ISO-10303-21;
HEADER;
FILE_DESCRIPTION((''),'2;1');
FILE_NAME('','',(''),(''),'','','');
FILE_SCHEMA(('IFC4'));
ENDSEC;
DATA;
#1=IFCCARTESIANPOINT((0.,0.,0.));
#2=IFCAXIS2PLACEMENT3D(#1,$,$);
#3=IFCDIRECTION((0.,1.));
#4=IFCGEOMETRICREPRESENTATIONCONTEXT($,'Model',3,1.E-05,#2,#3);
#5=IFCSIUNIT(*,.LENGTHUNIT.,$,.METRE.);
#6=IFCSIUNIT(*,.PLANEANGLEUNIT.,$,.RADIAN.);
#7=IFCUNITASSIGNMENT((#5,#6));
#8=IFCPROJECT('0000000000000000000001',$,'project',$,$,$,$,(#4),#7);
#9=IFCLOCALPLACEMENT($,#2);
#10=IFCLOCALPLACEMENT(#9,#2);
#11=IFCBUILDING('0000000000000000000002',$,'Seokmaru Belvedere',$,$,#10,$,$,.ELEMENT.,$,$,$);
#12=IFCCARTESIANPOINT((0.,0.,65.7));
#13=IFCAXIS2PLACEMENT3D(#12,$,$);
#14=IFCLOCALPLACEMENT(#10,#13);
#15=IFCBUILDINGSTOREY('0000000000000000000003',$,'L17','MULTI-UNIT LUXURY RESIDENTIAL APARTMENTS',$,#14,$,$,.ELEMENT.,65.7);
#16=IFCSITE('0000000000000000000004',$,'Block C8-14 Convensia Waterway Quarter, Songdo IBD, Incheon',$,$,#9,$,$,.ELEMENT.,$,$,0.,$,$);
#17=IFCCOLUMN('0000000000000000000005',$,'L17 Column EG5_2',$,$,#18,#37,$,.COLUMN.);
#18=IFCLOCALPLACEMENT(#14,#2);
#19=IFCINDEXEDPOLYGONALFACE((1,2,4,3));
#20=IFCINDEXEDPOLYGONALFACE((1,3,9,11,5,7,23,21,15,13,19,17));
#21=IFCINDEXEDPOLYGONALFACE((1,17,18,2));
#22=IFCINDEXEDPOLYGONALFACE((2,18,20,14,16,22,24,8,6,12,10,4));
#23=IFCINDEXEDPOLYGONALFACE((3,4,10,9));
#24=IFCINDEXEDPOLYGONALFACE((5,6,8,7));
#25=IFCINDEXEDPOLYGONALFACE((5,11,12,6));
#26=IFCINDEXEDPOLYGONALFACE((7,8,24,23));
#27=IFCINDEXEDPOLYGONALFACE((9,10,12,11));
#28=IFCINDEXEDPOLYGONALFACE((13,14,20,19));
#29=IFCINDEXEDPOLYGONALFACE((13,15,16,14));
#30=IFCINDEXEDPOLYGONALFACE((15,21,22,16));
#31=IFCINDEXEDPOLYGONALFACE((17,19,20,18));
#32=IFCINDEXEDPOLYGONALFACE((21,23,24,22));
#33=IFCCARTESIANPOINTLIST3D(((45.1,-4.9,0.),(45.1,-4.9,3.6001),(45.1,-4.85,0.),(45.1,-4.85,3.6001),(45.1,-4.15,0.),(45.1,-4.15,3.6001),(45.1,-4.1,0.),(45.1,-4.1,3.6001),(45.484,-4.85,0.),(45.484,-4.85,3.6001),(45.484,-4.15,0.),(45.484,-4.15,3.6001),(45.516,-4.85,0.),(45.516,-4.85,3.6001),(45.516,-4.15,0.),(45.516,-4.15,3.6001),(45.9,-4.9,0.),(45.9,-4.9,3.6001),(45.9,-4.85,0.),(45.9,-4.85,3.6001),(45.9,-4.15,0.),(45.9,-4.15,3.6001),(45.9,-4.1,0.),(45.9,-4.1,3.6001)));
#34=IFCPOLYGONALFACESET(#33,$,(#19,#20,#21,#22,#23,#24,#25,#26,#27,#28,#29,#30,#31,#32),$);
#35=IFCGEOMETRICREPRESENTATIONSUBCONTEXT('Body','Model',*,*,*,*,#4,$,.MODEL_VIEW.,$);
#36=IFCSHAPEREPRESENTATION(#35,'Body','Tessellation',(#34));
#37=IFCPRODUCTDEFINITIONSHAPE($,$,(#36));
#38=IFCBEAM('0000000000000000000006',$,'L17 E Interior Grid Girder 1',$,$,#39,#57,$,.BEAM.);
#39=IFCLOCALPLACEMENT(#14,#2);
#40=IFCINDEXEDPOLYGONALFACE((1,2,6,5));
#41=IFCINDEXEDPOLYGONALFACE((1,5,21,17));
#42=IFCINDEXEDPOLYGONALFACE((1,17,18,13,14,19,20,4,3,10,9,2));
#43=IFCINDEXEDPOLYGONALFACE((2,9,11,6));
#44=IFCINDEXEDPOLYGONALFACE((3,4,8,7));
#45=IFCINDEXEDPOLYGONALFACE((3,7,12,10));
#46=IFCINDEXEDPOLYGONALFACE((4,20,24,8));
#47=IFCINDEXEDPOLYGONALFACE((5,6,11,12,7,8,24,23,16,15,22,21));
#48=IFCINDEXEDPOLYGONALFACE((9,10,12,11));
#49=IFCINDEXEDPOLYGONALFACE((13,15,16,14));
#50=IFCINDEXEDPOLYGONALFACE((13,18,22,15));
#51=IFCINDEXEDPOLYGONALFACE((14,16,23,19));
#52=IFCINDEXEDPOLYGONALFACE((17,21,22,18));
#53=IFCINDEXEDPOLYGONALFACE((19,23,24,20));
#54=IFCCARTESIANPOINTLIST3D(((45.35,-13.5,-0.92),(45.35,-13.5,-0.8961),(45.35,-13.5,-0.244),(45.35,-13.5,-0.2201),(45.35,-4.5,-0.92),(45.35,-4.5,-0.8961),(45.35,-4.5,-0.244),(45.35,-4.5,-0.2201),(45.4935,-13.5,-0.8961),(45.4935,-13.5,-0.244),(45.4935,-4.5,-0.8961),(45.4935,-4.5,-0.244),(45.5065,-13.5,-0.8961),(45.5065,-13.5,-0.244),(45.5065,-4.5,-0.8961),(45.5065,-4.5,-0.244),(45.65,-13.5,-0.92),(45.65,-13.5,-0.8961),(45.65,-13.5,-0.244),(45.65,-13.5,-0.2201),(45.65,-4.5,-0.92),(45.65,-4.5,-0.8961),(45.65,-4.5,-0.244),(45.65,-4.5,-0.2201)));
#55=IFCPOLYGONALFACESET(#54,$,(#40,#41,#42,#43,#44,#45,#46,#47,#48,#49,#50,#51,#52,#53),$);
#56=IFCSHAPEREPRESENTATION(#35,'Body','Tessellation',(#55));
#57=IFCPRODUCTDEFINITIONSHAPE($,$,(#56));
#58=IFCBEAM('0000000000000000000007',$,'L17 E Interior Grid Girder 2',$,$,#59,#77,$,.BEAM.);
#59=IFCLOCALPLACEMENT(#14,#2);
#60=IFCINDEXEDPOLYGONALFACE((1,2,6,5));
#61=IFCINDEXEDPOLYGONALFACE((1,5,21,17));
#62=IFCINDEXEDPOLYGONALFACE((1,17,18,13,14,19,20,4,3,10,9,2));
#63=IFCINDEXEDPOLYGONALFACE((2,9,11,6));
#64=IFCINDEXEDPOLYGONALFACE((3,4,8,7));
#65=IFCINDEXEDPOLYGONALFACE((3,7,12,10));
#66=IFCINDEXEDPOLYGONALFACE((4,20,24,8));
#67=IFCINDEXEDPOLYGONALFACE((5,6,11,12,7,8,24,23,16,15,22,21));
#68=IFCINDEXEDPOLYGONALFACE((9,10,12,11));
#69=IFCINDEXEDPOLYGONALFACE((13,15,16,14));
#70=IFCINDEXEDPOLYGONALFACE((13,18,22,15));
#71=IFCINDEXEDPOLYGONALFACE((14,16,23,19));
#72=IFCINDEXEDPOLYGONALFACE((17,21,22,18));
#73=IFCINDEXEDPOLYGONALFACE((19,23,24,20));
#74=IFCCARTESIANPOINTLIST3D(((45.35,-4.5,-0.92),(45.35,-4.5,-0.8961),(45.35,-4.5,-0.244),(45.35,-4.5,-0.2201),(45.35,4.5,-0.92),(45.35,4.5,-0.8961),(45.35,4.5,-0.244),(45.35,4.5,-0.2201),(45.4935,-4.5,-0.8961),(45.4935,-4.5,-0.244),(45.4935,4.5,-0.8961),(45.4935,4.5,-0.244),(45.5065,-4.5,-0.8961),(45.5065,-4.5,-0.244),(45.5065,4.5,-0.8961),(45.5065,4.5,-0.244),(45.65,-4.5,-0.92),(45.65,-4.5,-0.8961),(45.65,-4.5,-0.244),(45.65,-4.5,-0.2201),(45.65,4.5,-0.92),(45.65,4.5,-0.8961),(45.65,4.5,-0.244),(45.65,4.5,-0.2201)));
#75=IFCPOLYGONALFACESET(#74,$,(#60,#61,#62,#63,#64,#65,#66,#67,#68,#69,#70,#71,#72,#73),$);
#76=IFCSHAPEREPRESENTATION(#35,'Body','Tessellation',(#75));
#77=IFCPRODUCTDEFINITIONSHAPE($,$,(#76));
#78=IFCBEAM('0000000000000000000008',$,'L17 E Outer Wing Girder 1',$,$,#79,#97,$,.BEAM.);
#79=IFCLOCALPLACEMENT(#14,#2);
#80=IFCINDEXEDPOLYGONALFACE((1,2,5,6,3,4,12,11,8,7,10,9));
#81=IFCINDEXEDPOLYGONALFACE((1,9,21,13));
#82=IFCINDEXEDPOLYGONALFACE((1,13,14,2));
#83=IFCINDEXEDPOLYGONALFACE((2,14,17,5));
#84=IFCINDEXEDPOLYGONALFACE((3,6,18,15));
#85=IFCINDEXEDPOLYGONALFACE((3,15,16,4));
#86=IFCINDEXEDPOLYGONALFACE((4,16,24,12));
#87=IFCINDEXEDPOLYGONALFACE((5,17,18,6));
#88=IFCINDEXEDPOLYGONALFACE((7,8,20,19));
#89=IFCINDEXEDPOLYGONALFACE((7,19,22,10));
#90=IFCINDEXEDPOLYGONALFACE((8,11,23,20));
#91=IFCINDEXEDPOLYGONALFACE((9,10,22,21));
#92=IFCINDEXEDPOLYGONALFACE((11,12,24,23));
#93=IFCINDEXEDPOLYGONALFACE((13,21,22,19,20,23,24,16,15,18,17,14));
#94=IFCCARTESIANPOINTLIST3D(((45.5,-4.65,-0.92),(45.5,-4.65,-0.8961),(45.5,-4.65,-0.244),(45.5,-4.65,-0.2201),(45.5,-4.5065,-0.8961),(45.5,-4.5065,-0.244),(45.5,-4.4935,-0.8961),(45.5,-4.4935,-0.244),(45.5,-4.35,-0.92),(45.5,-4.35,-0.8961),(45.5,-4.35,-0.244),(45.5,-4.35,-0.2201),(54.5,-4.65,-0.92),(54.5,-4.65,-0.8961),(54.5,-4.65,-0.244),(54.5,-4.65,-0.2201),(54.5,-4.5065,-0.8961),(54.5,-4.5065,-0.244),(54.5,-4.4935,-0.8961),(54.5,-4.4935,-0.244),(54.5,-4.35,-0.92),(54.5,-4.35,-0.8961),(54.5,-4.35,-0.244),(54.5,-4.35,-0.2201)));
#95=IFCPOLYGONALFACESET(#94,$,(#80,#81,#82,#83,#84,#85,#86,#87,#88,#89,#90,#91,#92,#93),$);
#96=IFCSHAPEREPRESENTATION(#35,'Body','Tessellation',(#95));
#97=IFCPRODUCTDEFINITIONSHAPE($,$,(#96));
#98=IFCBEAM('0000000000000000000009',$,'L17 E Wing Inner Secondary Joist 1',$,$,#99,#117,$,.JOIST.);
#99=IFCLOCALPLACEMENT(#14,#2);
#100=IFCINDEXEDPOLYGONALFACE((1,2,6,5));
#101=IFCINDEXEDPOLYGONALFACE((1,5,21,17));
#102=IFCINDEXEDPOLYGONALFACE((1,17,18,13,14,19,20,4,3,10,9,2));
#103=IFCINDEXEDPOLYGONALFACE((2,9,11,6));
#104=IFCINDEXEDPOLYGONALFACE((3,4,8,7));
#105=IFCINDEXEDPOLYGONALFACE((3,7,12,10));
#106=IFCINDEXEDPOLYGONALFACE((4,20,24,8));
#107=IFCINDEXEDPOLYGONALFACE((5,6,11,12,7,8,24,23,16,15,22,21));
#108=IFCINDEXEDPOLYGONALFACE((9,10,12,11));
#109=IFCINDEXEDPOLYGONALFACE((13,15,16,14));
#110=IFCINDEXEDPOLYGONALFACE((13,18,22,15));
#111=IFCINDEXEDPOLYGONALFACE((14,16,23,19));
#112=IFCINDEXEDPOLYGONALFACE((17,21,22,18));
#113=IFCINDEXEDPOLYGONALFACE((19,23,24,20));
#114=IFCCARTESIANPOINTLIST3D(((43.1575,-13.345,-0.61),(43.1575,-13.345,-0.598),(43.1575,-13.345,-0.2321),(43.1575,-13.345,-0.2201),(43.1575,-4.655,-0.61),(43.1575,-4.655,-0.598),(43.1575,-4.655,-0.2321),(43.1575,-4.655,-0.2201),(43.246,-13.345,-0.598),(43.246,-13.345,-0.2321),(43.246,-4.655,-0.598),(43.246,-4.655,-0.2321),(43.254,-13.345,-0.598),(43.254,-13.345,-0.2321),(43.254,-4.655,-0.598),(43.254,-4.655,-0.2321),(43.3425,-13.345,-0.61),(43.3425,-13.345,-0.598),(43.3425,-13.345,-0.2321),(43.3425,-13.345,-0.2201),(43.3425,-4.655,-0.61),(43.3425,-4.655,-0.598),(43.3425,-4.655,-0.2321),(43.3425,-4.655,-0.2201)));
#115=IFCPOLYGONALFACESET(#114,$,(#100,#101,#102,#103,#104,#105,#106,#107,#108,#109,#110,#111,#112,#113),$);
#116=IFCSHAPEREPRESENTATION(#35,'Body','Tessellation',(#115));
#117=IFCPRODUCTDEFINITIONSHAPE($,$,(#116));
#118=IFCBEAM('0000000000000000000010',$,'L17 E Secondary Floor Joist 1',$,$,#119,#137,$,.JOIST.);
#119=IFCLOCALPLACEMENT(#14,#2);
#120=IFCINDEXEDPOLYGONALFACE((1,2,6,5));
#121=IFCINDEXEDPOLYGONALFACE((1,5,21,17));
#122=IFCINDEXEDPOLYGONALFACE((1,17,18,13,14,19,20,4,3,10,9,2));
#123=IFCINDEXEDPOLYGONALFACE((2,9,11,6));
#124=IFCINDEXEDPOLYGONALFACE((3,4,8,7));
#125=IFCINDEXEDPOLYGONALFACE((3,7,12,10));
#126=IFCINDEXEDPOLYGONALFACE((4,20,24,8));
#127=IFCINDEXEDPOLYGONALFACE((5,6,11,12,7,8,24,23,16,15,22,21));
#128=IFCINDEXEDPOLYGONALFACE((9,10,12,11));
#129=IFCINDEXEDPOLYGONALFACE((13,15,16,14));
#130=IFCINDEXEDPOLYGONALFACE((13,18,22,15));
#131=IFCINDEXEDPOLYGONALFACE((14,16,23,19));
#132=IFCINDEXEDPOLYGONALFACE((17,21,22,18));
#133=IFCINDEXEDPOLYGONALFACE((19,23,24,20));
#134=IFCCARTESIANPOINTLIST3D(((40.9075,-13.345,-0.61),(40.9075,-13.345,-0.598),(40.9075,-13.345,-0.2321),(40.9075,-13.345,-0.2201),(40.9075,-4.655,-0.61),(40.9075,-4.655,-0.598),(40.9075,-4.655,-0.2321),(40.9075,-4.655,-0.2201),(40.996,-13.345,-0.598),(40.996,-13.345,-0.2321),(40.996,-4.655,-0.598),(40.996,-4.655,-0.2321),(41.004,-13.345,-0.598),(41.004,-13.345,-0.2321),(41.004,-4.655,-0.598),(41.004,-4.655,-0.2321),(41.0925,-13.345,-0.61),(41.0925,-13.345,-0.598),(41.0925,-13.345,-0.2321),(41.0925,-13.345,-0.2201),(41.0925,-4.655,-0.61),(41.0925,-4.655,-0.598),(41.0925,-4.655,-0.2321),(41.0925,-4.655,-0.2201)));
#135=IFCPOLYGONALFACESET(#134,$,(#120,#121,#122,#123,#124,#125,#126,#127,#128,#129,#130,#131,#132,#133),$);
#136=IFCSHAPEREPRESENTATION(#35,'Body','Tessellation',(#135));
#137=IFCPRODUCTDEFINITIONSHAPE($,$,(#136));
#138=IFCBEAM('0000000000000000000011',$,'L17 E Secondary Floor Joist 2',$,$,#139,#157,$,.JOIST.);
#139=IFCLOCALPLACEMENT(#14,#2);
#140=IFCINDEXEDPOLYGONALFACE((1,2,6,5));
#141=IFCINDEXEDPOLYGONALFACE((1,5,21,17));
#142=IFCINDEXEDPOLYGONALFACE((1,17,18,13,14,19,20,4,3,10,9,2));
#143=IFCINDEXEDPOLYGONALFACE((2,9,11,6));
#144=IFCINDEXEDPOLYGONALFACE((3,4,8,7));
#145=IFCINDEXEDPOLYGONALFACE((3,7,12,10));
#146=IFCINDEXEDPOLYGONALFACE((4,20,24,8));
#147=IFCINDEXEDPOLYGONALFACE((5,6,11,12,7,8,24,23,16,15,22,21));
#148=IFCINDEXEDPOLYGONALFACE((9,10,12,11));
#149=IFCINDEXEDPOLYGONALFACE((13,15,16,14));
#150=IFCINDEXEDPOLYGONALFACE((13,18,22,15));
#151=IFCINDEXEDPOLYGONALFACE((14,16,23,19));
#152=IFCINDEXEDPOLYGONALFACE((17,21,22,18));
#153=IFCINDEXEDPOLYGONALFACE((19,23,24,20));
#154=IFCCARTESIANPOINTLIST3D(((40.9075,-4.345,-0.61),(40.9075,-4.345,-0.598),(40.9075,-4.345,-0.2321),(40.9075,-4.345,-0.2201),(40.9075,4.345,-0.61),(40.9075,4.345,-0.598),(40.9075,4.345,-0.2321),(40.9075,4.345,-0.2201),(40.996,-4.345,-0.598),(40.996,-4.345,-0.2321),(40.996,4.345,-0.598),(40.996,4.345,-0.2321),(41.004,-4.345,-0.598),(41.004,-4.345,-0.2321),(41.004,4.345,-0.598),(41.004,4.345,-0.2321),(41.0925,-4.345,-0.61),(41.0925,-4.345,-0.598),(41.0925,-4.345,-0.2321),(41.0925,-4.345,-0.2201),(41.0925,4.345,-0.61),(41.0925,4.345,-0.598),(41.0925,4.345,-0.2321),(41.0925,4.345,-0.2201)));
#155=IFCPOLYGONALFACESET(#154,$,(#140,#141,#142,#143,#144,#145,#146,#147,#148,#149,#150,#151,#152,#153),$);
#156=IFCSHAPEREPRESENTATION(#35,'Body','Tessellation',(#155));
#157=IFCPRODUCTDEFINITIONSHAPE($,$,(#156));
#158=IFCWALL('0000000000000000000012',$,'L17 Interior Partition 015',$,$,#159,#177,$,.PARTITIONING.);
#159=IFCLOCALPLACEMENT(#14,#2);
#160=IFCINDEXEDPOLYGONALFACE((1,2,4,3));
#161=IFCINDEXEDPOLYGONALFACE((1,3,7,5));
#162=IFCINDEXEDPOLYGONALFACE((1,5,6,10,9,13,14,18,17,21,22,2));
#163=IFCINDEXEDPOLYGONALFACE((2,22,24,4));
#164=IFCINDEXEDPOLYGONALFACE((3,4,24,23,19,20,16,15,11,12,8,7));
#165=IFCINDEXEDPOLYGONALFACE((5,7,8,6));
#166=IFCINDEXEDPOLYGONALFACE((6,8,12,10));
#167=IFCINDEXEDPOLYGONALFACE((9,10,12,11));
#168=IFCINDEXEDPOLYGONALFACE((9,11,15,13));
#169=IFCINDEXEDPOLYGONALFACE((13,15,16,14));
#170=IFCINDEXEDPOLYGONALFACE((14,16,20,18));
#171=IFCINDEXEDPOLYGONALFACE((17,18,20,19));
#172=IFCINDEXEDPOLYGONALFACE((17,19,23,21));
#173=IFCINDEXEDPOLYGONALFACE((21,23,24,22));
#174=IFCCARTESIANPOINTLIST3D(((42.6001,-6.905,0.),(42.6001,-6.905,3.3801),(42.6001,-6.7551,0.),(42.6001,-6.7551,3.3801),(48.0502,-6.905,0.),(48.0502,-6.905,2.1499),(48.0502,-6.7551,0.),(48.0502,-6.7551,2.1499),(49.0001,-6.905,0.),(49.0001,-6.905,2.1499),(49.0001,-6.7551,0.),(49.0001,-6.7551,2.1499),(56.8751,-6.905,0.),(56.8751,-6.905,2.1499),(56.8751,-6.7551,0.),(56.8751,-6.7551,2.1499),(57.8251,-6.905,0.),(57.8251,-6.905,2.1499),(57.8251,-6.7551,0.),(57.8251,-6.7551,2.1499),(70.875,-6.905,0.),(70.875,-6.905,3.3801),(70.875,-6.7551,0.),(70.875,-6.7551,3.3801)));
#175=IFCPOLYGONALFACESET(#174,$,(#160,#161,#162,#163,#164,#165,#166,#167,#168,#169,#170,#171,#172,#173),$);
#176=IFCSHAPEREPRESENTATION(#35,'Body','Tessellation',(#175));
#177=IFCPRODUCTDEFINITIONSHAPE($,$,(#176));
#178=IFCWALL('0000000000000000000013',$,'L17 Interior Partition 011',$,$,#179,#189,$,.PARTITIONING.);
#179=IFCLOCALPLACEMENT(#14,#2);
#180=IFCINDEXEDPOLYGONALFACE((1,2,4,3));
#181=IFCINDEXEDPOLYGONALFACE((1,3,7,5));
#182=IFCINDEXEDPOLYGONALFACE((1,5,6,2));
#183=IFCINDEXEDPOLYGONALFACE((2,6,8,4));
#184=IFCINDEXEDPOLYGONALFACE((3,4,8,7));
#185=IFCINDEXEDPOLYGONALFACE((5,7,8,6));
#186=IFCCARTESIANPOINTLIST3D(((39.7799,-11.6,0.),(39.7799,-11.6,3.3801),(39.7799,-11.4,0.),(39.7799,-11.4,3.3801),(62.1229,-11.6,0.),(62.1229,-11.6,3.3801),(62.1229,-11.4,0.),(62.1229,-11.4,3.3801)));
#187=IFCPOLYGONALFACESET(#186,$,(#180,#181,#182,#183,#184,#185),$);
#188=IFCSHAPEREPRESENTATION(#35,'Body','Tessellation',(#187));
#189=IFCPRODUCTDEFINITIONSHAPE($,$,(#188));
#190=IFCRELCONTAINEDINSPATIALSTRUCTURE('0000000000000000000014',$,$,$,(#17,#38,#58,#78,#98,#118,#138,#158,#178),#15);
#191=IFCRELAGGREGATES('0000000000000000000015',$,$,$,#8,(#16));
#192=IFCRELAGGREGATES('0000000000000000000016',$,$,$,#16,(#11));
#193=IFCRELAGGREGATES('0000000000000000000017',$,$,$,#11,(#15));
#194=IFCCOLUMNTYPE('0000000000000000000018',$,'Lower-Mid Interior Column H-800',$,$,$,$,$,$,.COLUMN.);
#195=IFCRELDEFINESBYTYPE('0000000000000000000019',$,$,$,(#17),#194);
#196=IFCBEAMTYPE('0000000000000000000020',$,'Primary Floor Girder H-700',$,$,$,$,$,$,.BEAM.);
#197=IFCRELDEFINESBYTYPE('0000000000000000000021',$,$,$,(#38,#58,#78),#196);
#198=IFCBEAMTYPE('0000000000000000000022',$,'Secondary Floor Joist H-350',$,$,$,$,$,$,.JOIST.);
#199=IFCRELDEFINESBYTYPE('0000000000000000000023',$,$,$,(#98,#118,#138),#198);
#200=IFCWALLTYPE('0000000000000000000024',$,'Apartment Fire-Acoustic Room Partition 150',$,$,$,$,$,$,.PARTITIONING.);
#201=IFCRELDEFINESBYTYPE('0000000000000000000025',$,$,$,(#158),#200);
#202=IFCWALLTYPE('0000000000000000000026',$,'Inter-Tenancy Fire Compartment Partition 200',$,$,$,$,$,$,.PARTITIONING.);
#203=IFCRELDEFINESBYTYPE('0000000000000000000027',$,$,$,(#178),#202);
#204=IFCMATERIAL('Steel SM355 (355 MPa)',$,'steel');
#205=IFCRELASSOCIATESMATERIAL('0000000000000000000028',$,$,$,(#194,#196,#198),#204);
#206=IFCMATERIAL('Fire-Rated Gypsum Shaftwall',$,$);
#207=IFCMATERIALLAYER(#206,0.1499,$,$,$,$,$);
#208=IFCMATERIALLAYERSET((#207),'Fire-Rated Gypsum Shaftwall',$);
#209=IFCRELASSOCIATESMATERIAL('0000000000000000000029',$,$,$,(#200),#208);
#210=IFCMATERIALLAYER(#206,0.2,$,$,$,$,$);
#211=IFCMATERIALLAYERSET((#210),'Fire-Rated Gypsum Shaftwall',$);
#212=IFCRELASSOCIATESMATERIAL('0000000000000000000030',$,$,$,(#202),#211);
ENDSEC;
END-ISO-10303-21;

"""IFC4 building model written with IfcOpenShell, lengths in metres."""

from ifc_helpers import new_model, si_unit, direction, frame, frame_2d, origin, origin_2d, place, context, subcontext, project, spatial, rectangle, i_section, extrude, source, transform, mapped, material, layer, layer_set, material_profile, profile_set, type_object, type_shapes, element, save


model = new_model("IFC4")

# Units and contexts
model_context = context("Model", 3, precision=1e-05, world=origin(), true_north=direction((0.0, 1.0)))
body_context = subcontext(model_context, "Body", "Model", "MODEL_VIEW")
ifc_project = project(units=[si_unit("LENGTHUNIT", "METRE"), si_unit("PLANEANGLEUNIT", "RADIAN")], contexts=[model_context])

# Site, building, storey
site_placement = place(None, origin())
site = spatial("IfcSite", under=ifc_project, at=site_placement, Name="Block C8-14 Convensia Waterway Quarter, Songdo IBD, Incheon", CompositionType="ELEMENT", RefElevation=0.0)
building_placement = place(site_placement, origin())
building = spatial("IfcBuilding", under=site, at=building_placement, Name="Seokmaru Belvedere", CompositionType="ELEMENT")
storey_placement = place(building_placement, frame((0.0, 0.0, 65.7)))
storey = spatial("IfcBuildingStorey", under=building, at=storey_placement, Name="L17", Description="MULTI-UNIT LUXURY RESIDENTIAL APARTMENTS", CompositionType="ELEMENT", Elevation=65.7)

# Column
ifc_material_1 = material(Name="Steel SM355 (355 MPa)", Category="steel")
ifc_material_profile_1 = material_profile(ifc_material_1, i_section(OverallWidth=0.8, OverallDepth=0.8, WebThickness=0.032, FlangeThickness=0.05, at=origin_2d()), Name="H-800x800x32x50")
ifc_profile_set_1 = profile_set([ifc_material_profile_1], Name="Steel SM355 (355 MPa)")
column_type = type_object("IfcColumnType", Name="Lower-Mid Interior Column H-800", PredefinedType="COLUMN", material=ifc_profile_set_1)
shared_shape_1 = source(origin(), body_context, "Body", "SweptSolid", [
    extrude(i_section(OverallWidth=0.8, OverallDepth=0.8, WebThickness=0.032, FlangeThickness=0.05, at=origin_2d()), origin(), (0.0, 0.0, 1.0), 3.6001),
])
type_shapes(column_type, [shared_shape_1])
column_placement = place(storey_placement, frame((45.5, -4.5, 0.0), z_axis=(0.0, 0.0, 1.0), x_axis=(1.0, 0.0, 0.0)))
element("IfcColumn", 1, at=column_placement, inside=storey, type_object=column_type, Name="L17 Column EG5_2", PredefinedType="COLUMN", context=body_context, shape_type="MappedRepresentation", body=[
    mapped(shared_shape_1, transform((0.0, 0.0, 0.0), scale=1.0)),
])

# Beams
ifc_material_profile_2 = material_profile(ifc_material_1, i_section(OverallWidth=0.3, OverallDepth=0.7, WebThickness=0.0129, FlangeThickness=0.0239, at=origin_2d()), Name="H-700x300x13x24")
ifc_profile_set_2 = profile_set([ifc_material_profile_2], Name="Steel SM355 (355 MPa)")
beam_type_1 = type_object("IfcBeamType", Name="Primary Floor Girder H-700", PredefinedType="BEAM", material=ifc_profile_set_2)
shared_shape_2 = source(origin(), body_context, "Body", "SweptSolid", [
    extrude(i_section(OverallWidth=0.3, OverallDepth=0.7, WebThickness=0.0129, FlangeThickness=0.0239, at=origin_2d()), origin(), (0.0, 0.0, 1.0), 9.0),
])
type_shapes(beam_type_1, [shared_shape_2])
for number, where, z_axis, x_axis, name in (
    (2, (45.5, -13.5, -0.5701), (0.0, 1.0, 0.0), (-1.0, 0.0, 0.0), "L17 E Interior Grid Girder 1"),
    (3, (45.5, -4.5, -0.5701), (0.0, 1.0, 0.0), (-1.0, 0.0, 0.0), "L17 E Interior Grid Girder 2"),
    (4, (45.5, -4.5, -0.5701), (1.0, 0.0, 0.0), (0.0, 1.0, 0.0), "L17 E Outer Wing Girder 1"),
):
    element("IfcBeam", number, at=place(storey_placement, frame(where, z_axis=z_axis, x_axis=x_axis)), inside=storey, type_object=beam_type_1, Name=name, PredefinedType="BEAM", context=body_context, shape_type="MappedRepresentation", body=[
        mapped(shared_shape_2, transform((0.0, 0.0, 0.0), scale=1.0)),
    ])
ifc_material_profile_3 = material_profile(ifc_material_1, i_section(OverallWidth=0.1851, OverallDepth=0.3899, WebThickness=0.0081, FlangeThickness=0.012, at=origin_2d()), Name="H-390x185x8x12")
ifc_profile_set_3 = profile_set([ifc_material_profile_3], Name="Steel SM355 (355 MPa)")
beam_type_2 = type_object("IfcBeamType", Name="Secondary Floor Joist H-350", PredefinedType="JOIST", material=ifc_profile_set_3)
shared_shape_3 = source(origin(), body_context, "Body", "SweptSolid", [
    extrude(i_section(OverallWidth=0.1851, OverallDepth=0.3899, WebThickness=0.0081, FlangeThickness=0.012, at=origin_2d()), origin(), (0.0, 0.0, 1.0), 8.6899),
])
type_shapes(beam_type_2, [shared_shape_3])
for number, where, z_axis, x_axis, name in (
    (5, (43.25, -13.345, -0.415), (0.0, 1.0, 0.0), (-1.0, 0.0, 0.0), "L17 E Wing Inner Secondary Joist 1"),
    (6, (41.0, -13.345, -0.415), (0.0, 1.0, 0.0), (-1.0, 0.0, 0.0), "L17 E Secondary Floor Joist 1"),
    (7, (41.0, -4.345, -0.415), (0.0, 1.0, 0.0), (-1.0, 0.0, 0.0), "L17 E Secondary Floor Joist 2"),
):
    element("IfcBeam", number, at=place(storey_placement, frame(where, z_axis=z_axis, x_axis=x_axis)), inside=storey, type_object=beam_type_2, Name=name, PredefinedType="JOIST", context=body_context, shape_type="MappedRepresentation", body=[
        mapped(shared_shape_3, transform((0.0, 0.0, 0.0), scale=1.0)),
    ])

# Wall, openings
ifc_material_2 = material(Name="Fire-Rated Gypsum Shaftwall")
ifc_layer_1 = layer(ifc_material_2, 0.1499)
ifc_layer_set_1 = layer_set([ifc_layer_1], Name="Fire-Rated Gypsum Shaftwall")
wall_type_1 = type_object("IfcWallType", Name="Apartment Fire-Acoustic Room Partition 150", PredefinedType="PARTITIONING", material=ifc_layer_set_1)
wall_1_placement = place(storey_placement, frame((42.6001, -6.8301, 0.0), z_axis=(0.0, 0.0, 1.0), x_axis=(1.0, 0.0, 0.0)))
wall_1 = element("IfcWall", 8, at=wall_1_placement, inside=storey, type_object=wall_type_1, Name="L17 Interior Partition 015", PredefinedType="PARTITIONING", context=body_context, shape_type="SweptSolid", body=[
    extrude(rectangle(XDim=28.2749, YDim=0.1499, at=frame_2d((14.1375, 0.0))), origin(), (0.0, 0.0, 1.0), 3.3801),
])
opening_1_placement = place(wall_1_placement, frame((5.45, 0.0, 0.0)))
element("IfcOpeningElement", 9, at=opening_1_placement, cuts=wall_1, PredefinedType="OPENING", context=body_context, shape_type="SweptSolid", body=[
    extrude(rectangle(XDim=0.95, YDim=2.1499, at=frame_2d((0.4751, 1.075))), frame((0.0, 0.085, 0.0), z_axis=(0.0, -1.0, 0.0), x_axis=(1.0, 0.0, 0.0)), (0.0, 0.0, 1.0), 0.1699),
])
opening_2_placement = place(wall_1_placement, frame((14.2749, 0.0, 0.0)))
element("IfcOpeningElement", 10, at=opening_2_placement, cuts=wall_1, PredefinedType="OPENING", context=body_context, shape_type="SweptSolid", body=[
    extrude(rectangle(XDim=0.95, YDim=2.1499, at=frame_2d((0.4751, 1.075))), frame((0.0, 0.085, 0.0), z_axis=(0.0, -1.0, 0.0), x_axis=(1.0, 0.0, 0.0)), (0.0, 0.0, 1.0), 0.1699),
])

# Wall
ifc_layer_2 = layer(ifc_material_2, 0.2)
ifc_layer_set_2 = layer_set([ifc_layer_2], Name="Fire-Rated Gypsum Shaftwall")
wall_type_2 = type_object("IfcWallType", Name="Inter-Tenancy Fire Compartment Partition 200", PredefinedType="PARTITIONING", material=ifc_layer_set_2)
wall_2_placement = place(storey_placement, frame((39.78, -11.5, 0.0), z_axis=(0.0, 0.0, 1.0), x_axis=(1.0, 0.0, 0.0)))
element("IfcWall", 11, at=wall_2_placement, inside=storey, type_object=wall_type_2, Name="L17 Interior Partition 011", PredefinedType="PARTITIONING", context=body_context, shape_type="SweptSolid", body=[
    extrude(rectangle(XDim=22.343, YDim=0.2, at=frame_2d((11.1714, 0.0))), origin(), (0.0, 0.0, 1.0), 3.3801),
])

save(model, "model.ifc")
